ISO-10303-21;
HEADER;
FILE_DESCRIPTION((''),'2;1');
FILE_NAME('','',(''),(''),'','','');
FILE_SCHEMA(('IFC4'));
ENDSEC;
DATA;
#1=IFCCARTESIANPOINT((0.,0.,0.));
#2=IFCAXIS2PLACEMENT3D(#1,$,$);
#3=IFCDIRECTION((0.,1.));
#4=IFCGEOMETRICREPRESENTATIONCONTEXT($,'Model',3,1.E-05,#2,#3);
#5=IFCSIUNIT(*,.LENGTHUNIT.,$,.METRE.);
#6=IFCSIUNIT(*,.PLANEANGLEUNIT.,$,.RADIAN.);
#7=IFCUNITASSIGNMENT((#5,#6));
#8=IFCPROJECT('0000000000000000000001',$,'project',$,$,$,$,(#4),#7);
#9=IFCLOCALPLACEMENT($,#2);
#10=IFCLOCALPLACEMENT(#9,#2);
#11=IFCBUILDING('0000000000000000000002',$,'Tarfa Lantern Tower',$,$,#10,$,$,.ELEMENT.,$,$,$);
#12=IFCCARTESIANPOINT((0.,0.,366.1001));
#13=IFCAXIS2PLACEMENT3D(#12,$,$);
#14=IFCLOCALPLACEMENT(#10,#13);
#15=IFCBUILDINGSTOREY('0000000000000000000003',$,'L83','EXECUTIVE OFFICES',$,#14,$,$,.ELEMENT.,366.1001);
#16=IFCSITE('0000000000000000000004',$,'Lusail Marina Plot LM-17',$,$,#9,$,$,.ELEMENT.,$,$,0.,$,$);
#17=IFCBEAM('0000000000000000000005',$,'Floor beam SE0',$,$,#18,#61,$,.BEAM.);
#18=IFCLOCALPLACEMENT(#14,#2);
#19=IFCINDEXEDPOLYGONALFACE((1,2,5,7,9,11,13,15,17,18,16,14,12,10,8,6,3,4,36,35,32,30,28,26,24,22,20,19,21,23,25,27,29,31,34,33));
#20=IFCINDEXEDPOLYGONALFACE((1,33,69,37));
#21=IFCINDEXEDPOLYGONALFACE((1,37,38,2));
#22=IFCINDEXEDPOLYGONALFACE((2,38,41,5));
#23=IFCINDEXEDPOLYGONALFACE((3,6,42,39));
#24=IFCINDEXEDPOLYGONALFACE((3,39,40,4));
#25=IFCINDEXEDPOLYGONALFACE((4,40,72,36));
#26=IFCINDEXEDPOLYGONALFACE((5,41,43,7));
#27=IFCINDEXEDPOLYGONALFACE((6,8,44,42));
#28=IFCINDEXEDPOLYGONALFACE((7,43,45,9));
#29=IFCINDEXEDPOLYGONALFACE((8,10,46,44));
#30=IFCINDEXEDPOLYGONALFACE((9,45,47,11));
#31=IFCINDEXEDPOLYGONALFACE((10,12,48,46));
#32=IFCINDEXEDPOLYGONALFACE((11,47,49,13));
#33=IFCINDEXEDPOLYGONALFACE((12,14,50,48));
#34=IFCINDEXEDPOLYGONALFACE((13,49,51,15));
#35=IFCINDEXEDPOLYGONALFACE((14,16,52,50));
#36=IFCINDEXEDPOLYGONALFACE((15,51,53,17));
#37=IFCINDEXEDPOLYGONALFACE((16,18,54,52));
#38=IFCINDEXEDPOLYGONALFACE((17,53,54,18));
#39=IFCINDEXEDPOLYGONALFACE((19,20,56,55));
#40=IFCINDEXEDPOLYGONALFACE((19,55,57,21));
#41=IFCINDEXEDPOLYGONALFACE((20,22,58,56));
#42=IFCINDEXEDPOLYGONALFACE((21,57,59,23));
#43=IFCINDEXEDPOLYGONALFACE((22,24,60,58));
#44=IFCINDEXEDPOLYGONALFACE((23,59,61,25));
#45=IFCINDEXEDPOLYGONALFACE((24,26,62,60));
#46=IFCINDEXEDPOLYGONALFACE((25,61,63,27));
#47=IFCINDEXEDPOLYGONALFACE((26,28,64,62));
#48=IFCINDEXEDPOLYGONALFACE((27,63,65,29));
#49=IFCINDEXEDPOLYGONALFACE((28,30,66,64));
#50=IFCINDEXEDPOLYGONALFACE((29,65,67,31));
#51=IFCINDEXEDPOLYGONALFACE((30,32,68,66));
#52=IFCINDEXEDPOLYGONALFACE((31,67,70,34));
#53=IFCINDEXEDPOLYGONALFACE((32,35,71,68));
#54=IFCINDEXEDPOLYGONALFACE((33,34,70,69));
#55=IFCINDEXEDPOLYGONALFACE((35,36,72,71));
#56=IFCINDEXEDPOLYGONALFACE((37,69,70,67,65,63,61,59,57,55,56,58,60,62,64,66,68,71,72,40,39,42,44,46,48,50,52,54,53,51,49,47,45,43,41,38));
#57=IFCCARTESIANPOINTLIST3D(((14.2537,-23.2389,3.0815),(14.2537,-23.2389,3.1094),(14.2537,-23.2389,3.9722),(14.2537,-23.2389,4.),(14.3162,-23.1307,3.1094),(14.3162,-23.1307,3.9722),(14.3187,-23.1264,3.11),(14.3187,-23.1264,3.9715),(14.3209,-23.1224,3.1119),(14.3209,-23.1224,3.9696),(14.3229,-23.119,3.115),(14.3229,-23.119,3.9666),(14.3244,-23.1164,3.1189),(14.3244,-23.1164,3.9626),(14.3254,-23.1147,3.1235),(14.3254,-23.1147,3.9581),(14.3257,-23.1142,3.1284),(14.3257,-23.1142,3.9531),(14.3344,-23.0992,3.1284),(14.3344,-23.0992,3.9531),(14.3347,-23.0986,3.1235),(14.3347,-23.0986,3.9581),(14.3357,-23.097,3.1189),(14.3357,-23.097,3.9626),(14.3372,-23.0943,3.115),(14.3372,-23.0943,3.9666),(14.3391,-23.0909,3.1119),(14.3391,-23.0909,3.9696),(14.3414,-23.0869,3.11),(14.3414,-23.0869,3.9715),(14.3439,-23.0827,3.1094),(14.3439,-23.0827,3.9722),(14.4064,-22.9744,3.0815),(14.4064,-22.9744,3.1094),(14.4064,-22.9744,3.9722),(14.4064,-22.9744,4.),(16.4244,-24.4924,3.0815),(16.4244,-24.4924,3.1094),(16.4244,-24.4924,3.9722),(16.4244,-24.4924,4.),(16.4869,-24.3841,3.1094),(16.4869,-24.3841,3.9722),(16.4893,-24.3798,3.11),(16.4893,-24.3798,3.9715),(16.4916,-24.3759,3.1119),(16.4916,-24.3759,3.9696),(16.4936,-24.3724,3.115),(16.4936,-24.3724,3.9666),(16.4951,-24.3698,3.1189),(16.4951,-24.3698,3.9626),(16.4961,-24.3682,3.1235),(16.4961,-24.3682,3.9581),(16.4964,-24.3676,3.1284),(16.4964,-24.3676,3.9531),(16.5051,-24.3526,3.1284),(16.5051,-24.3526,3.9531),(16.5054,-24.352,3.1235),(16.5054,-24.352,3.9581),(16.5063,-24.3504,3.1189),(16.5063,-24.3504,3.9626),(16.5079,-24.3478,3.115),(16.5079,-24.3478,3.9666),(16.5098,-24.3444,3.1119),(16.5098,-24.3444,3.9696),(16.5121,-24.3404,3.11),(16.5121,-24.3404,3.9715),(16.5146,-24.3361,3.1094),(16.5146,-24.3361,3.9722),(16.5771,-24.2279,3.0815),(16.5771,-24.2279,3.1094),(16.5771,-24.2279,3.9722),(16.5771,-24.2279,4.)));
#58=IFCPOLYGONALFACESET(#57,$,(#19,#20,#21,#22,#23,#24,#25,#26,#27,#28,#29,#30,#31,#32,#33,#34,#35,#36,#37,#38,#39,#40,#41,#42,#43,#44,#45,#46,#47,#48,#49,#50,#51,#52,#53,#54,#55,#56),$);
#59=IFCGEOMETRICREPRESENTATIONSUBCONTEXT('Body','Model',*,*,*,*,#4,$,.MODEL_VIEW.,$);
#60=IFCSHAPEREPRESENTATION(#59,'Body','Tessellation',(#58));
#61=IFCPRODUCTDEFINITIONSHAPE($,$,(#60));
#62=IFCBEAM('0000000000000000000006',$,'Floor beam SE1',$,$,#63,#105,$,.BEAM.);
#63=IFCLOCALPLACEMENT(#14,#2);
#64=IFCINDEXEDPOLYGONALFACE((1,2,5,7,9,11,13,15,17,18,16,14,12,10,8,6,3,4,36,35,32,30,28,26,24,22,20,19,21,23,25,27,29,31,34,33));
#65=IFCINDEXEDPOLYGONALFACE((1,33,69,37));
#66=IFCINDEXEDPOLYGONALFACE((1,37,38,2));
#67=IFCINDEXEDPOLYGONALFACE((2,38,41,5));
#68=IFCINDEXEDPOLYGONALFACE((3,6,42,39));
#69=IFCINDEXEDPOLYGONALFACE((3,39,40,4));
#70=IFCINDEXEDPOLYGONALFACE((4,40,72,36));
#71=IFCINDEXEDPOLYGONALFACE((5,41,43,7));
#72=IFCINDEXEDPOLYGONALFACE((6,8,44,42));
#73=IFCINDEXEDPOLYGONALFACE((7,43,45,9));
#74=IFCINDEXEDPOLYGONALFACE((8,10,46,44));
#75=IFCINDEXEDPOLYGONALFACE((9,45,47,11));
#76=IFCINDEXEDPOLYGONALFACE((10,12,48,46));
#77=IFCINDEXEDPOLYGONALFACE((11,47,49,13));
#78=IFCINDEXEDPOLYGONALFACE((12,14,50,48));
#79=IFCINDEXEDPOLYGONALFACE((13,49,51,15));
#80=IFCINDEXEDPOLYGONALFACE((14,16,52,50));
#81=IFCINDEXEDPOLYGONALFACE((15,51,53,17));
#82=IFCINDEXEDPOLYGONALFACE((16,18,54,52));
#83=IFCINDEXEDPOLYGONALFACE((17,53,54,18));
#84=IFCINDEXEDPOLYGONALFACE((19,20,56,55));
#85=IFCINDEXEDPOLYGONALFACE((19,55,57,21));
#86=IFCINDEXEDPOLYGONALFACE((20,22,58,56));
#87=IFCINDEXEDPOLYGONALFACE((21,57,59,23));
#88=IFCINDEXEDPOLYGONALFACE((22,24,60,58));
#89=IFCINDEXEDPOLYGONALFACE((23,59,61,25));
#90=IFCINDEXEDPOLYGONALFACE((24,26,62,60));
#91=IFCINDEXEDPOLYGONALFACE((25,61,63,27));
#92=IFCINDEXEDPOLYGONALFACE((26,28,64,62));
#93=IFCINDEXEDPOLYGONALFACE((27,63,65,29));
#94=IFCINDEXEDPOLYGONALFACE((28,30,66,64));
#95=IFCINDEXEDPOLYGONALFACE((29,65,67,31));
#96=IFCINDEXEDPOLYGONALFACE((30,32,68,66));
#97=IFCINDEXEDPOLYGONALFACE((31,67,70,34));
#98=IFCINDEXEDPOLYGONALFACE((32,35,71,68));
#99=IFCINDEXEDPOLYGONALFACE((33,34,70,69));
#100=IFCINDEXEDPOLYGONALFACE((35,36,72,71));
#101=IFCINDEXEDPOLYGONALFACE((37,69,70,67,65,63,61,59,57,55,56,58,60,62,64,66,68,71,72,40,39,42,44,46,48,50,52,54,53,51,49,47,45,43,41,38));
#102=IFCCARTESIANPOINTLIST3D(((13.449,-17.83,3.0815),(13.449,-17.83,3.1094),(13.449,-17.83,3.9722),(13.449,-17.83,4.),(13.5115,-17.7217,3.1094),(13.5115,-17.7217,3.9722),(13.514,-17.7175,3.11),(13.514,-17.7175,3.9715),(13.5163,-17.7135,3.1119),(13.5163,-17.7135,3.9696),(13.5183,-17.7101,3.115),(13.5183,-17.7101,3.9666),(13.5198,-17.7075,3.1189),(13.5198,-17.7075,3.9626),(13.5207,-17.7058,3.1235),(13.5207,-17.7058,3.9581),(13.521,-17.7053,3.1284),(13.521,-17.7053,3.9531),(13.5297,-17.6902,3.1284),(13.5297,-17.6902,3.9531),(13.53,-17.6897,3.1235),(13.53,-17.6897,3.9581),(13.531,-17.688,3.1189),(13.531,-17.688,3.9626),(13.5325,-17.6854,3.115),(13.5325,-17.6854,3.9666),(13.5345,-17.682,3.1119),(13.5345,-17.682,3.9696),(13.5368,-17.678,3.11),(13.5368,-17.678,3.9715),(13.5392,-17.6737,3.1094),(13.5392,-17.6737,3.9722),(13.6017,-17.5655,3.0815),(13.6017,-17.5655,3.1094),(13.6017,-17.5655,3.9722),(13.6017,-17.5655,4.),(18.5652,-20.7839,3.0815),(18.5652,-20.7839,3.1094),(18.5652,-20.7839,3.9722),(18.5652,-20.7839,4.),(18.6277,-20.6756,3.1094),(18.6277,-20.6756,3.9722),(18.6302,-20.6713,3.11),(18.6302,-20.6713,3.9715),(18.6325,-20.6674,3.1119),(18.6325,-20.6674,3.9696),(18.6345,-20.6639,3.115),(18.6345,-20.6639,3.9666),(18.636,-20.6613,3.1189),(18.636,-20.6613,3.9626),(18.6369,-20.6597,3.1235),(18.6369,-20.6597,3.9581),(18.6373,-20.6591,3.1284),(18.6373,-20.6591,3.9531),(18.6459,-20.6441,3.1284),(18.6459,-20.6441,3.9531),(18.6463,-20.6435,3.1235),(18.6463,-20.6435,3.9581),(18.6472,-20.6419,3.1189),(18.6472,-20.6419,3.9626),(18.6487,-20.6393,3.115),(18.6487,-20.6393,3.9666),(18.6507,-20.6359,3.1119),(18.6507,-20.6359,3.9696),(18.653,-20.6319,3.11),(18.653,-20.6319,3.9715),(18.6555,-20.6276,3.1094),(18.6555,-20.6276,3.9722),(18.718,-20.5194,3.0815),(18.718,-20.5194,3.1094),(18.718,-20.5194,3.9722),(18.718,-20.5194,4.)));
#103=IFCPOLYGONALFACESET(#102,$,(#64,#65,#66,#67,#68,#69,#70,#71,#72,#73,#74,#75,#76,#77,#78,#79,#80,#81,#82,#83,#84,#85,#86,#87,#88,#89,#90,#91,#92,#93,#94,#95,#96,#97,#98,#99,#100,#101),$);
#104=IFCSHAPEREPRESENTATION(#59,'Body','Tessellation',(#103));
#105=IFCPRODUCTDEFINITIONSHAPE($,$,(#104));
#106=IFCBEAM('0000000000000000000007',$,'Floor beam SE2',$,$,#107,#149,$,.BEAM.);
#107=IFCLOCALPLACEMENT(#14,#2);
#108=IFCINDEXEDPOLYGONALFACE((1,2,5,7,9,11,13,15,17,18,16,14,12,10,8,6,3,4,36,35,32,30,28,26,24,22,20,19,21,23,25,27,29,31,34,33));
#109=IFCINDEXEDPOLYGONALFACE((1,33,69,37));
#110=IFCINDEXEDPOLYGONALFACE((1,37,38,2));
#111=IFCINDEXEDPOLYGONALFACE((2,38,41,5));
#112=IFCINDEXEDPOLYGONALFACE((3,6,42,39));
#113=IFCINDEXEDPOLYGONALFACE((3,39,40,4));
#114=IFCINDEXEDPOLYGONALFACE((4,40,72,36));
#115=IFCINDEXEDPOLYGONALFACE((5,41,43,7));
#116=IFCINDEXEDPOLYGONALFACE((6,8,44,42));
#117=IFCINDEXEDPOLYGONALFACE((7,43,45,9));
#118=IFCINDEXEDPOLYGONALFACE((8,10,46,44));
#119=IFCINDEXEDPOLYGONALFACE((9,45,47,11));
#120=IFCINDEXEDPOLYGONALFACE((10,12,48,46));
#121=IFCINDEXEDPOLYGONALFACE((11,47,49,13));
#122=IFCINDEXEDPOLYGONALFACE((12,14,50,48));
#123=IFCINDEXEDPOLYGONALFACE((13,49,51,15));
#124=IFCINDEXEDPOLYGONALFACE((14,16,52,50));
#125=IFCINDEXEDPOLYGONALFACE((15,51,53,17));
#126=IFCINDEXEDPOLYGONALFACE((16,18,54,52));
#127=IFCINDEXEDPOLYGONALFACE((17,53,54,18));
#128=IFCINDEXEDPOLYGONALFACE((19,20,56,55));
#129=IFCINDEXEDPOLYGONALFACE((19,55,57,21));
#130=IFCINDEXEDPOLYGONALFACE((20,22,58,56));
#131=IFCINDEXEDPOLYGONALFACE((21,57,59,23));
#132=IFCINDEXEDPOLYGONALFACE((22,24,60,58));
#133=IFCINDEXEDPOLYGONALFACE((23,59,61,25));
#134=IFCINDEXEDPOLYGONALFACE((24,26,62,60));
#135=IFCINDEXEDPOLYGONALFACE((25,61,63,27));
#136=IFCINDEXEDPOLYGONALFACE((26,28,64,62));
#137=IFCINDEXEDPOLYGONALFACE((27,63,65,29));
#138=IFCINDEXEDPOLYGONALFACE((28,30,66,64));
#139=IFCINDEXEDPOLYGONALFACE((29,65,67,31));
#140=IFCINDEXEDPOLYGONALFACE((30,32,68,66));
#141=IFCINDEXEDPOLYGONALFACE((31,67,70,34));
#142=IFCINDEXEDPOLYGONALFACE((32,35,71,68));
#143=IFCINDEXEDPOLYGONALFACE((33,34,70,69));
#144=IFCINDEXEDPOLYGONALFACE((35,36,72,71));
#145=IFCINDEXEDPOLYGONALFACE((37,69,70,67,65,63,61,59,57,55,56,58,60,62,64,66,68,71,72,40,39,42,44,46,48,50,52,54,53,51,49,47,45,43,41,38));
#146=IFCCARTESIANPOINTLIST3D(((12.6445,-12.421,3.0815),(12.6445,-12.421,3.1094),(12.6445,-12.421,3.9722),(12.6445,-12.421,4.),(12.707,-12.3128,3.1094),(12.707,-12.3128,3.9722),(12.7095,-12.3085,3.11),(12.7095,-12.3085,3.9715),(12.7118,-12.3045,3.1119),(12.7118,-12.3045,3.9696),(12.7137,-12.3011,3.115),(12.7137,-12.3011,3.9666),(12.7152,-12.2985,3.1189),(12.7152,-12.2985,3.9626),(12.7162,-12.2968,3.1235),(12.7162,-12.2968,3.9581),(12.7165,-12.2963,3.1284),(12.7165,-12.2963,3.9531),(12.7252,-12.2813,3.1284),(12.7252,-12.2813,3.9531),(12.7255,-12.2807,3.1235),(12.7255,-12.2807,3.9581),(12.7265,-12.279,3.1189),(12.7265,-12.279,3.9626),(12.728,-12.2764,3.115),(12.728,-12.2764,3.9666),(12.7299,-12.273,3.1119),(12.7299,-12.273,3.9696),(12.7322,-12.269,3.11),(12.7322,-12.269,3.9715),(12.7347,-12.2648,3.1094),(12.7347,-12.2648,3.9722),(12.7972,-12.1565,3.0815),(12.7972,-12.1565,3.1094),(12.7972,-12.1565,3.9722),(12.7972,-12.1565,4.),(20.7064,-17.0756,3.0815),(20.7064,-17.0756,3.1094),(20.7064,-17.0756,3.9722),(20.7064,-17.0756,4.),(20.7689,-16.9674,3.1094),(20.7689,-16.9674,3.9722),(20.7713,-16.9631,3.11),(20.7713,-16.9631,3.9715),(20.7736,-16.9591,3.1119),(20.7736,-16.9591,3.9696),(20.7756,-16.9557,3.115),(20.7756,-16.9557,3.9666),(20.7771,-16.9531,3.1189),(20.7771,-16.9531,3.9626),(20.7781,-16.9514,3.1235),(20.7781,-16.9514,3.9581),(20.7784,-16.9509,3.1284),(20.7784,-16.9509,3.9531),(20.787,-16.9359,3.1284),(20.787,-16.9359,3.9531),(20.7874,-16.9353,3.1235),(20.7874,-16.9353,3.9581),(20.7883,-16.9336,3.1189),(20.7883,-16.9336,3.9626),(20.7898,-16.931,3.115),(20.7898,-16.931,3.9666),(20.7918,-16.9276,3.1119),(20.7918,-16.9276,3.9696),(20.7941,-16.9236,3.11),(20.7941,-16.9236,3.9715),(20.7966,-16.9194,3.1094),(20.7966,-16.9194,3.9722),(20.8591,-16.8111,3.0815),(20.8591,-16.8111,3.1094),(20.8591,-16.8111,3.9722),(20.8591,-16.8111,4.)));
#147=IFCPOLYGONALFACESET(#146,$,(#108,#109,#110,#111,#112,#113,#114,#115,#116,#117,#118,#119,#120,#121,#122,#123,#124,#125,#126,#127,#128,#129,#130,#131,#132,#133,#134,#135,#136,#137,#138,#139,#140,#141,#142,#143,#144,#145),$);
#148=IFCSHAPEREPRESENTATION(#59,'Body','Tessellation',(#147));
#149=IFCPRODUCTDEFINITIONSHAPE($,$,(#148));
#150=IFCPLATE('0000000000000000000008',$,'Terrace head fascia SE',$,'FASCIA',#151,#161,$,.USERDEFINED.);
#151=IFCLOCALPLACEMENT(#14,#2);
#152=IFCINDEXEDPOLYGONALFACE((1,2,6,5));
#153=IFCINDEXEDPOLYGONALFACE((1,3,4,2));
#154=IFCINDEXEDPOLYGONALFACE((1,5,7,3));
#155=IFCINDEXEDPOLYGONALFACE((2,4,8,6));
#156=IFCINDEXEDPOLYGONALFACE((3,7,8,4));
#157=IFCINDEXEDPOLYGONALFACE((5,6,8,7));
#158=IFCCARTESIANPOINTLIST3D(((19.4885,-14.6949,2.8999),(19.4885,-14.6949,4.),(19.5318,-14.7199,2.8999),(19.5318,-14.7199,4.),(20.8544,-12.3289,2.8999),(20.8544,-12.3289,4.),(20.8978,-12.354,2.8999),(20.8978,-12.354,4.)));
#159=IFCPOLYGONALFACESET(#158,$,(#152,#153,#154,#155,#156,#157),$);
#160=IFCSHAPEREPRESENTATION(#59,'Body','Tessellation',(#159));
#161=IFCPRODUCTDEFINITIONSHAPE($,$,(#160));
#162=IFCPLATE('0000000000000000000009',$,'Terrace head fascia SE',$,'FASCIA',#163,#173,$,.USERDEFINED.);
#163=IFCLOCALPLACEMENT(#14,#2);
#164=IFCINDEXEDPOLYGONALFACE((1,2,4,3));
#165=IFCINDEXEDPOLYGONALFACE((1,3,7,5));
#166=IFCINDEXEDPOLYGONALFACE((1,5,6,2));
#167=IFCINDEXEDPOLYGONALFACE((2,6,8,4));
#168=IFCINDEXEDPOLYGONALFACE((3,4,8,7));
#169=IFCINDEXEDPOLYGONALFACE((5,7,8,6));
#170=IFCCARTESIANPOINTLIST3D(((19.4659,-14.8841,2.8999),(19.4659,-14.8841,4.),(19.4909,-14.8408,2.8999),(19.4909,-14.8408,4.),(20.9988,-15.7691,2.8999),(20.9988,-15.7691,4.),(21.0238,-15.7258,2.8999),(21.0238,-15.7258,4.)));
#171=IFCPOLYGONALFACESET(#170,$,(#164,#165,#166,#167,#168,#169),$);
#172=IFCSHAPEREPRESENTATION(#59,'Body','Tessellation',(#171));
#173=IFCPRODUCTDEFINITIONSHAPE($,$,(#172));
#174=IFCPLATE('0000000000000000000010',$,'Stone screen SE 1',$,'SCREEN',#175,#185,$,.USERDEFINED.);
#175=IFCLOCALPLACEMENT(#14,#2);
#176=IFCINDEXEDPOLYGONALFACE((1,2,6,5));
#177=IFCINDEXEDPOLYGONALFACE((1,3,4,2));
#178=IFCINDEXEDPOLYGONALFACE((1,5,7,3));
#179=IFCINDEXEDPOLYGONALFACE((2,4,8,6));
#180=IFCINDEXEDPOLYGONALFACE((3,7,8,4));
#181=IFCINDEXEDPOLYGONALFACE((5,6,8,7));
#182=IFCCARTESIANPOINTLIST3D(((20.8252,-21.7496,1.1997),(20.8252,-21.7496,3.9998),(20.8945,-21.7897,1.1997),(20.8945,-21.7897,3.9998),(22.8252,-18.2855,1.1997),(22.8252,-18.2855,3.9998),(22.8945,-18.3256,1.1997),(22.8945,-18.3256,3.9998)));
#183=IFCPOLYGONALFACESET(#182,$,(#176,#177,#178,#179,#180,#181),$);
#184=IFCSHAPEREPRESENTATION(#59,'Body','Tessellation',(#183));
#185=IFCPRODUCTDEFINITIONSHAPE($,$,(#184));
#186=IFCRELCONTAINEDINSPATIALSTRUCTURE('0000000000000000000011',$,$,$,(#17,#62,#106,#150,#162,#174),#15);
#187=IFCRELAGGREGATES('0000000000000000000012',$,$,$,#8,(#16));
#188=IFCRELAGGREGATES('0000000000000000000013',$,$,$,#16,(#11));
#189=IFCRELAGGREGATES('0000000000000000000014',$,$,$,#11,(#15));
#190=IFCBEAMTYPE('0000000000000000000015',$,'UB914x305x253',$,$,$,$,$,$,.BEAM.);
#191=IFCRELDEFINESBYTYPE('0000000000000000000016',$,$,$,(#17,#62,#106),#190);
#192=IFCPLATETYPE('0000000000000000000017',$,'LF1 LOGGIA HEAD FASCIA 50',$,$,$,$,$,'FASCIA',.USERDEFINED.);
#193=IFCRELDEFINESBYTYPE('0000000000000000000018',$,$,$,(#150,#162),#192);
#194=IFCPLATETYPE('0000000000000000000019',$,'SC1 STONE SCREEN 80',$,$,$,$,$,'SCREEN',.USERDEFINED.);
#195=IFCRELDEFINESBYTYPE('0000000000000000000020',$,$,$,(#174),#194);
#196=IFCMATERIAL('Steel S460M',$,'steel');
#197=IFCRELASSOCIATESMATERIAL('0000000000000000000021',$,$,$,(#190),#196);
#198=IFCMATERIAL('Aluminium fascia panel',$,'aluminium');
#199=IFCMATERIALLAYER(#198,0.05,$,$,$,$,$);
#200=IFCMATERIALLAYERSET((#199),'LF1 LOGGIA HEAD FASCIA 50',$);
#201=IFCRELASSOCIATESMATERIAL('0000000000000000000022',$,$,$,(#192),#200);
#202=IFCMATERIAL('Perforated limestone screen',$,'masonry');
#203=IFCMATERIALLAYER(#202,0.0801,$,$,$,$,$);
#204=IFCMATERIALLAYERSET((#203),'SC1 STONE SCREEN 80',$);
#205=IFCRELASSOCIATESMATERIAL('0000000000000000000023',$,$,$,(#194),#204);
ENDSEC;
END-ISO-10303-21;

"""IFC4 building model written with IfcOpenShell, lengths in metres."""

from ifc_helpers import new_model, si_unit, direction, frame, origin, origin_2d, place, context, subcontext, project, spatial, rectangle, i_section, extrude, material, layer, layer_set, material_profile, profile_set, type_object, element, save


model = new_model("IFC4")

# Units and contexts
model_context = context("Model", 3, precision=1e-05, world=origin(), true_north=direction((0.0, 1.0)))
body_context = subcontext(model_context, "Body", "Model", "MODEL_VIEW")
ifc_project = project(units=[si_unit("LENGTHUNIT", "METRE"), si_unit("PLANEANGLEUNIT", "RADIAN")], contexts=[model_context])

# Site, building, storey
site_placement = place(None, origin())
site = spatial("IfcSite", under=ifc_project, at=site_placement, Name="Lusail Marina Plot LM-17", CompositionType="ELEMENT", RefElevation=0.0)
building_placement = place(site_placement, origin())
building = spatial("IfcBuilding", under=site, at=building_placement, Name="Tarfa Lantern Tower", CompositionType="ELEMENT")
storey_placement = place(building_placement, frame((0.0, 0.0, 366.1001)))
storey = spatial("IfcBuildingStorey", under=building, at=storey_placement, Name="L83", Description="EXECUTIVE OFFICES", CompositionType="ELEMENT", Elevation=366.1001)

# Beams
ifc_material_1 = material(Name="Steel S460M", Category="steel")
ifc_material_profile_1 = material_profile(ifc_material_1, i_section(OverallWidth=0.3054, OverallDepth=0.9185, WebThickness=0.0173, FlangeThickness=0.0278, FilletRadius=0.019, at=origin_2d()), Name="UB914x305x253")
ifc_profile_set_1 = profile_set([ifc_material_profile_1], Name="Steel S460M")
beam_type_1 = type_object("IfcBeamType", Name="UB914x305x253", PredefinedType="BEAM", material=ifc_profile_set_1)
beam_1_placement = place(storey_placement, frame((16.5007, -24.3601, 3.5408), z_axis=(-0.865993, 0.500057, 0.0), x_axis=(-0.500057, -0.865993, 0.0)))
element("IfcBeam", 1, at=beam_1_placement, inside=storey, type_object=beam_type_1, Name="Floor beam SE0", PredefinedType="BEAM", context=body_context, shape_type="SweptSolid", body=[
    extrude(i_section(OverallWidth=0.3054, OverallDepth=0.9185, WebThickness=0.0173, FlangeThickness=0.0278, FilletRadius=0.019, at=origin_2d()), origin(), (0.0, 0.0, 1.0), 2.5066),
])
beam_2_placement = place(storey_placement, frame((18.6416, -20.6516, 3.5408), z_axis=(-0.866025, 0.500001, 0.0), x_axis=(-0.500001, -0.866025, 0.0)))
element("IfcBeam", 2, at=beam_2_placement, inside=storey, type_object=beam_type_1, Name="Floor beam SE1", PredefinedType="BEAM", context=body_context, shape_type="SweptSolid", body=[
    extrude(i_section(OverallWidth=0.3054, OverallDepth=0.9185, WebThickness=0.0173, FlangeThickness=0.0278, FilletRadius=0.019, at=origin_2d()), origin(), (0.0, 0.0, 1.0), 5.9077),
])
beam_3_placement = place(storey_placement, frame((20.7827, -16.9434, 3.5408), z_axis=(-0.866022, 0.500006, 0.0), x_axis=(-0.500006, -0.866022, 0.0)))
element("IfcBeam", 3, at=beam_3_placement, inside=storey, type_object=beam_type_1, Name="Floor beam SE2", PredefinedType="BEAM", context=body_context, shape_type="SweptSolid", body=[
    extrude(i_section(OverallWidth=0.3054, OverallDepth=0.9185, WebThickness=0.0173, FlangeThickness=0.0278, FilletRadius=0.019, at=origin_2d()), origin(), (0.0, 0.0, 1.0), 9.3091),
])

# Plates
ifc_material_2 = material(Name="Aluminium fascia panel", Category="aluminium")
ifc_layer_1 = layer(ifc_material_2, 0.05)
ifc_layer_set_1 = layer_set([ifc_layer_1], Name="LF1 LOGGIA HEAD FASCIA 50")
plate_type_1 = type_object("IfcPlateType", Name="LF1 LOGGIA HEAD FASCIA 50", ElementType="FASCIA", PredefinedType="USERDEFINED", material=ifc_layer_set_1)
plate_1_placement = place(storey_placement, frame((20.1931, -13.5244, 2.8999), z_axis=(0.0, 0.0, 1.0), x_axis=(0.5, 0.866025, 0.0)))
element("IfcPlate", 4, at=plate_1_placement, inside=storey, type_object=plate_type_1, Name="Terrace head fascia SE", ObjectType="FASCIA", PredefinedType="USERDEFINED", context=body_context, shape_type="SweptSolid", body=[
    extrude(rectangle(XDim=2.7319, YDim=0.05, at=origin_2d()), origin(), (0.0, 0.0, 1.0), 1.1001),
])
plate_2_placement = place(storey_placement, frame((20.2449, -15.3049, 2.8999), z_axis=(0.0, 0.0, 1.0), x_axis=(-0.866025, 0.5, 0.0)))
element("IfcPlate", 5, at=plate_2_placement, inside=storey, type_object=plate_type_1, Name="Terrace head fascia SE", ObjectType="FASCIA", PredefinedType="USERDEFINED", context=body_context, shape_type="SweptSolid", body=[
    extrude(rectangle(XDim=1.77, YDim=0.05, at=origin_2d()), origin(), (0.0, 0.0, 1.0), 1.1001),
])
ifc_material_3 = material(Name="Perforated limestone screen", Category="masonry")
ifc_layer_2 = layer(ifc_material_3, 0.0801)
ifc_layer_set_2 = layer_set([ifc_layer_2], Name="SC1 STONE SCREEN 80")
plate_type_2 = type_object("IfcPlateType", Name="SC1 STONE SCREEN 80", ElementType="SCREEN", PredefinedType="USERDEFINED", material=ifc_layer_set_2)
plate_3_placement = place(storey_placement, frame((21.8599, -20.0376, 1.1997), z_axis=(0.0, 0.0, 1.0), x_axis=(0.5, 0.866025, 0.0)))
element("IfcPlate", 6, at=plate_3_placement, inside=storey, type_object=plate_type_2, Name="Stone screen SE 1", ObjectType="SCREEN", PredefinedType="USERDEFINED", context=body_context, shape_type="SweptSolid", body=[
    extrude(rectangle(XDim=4.0, YDim=0.0801, at=origin_2d()), origin(), (0.0, 0.0, 1.0), 2.8),
])

save(model, "model.ifc")
